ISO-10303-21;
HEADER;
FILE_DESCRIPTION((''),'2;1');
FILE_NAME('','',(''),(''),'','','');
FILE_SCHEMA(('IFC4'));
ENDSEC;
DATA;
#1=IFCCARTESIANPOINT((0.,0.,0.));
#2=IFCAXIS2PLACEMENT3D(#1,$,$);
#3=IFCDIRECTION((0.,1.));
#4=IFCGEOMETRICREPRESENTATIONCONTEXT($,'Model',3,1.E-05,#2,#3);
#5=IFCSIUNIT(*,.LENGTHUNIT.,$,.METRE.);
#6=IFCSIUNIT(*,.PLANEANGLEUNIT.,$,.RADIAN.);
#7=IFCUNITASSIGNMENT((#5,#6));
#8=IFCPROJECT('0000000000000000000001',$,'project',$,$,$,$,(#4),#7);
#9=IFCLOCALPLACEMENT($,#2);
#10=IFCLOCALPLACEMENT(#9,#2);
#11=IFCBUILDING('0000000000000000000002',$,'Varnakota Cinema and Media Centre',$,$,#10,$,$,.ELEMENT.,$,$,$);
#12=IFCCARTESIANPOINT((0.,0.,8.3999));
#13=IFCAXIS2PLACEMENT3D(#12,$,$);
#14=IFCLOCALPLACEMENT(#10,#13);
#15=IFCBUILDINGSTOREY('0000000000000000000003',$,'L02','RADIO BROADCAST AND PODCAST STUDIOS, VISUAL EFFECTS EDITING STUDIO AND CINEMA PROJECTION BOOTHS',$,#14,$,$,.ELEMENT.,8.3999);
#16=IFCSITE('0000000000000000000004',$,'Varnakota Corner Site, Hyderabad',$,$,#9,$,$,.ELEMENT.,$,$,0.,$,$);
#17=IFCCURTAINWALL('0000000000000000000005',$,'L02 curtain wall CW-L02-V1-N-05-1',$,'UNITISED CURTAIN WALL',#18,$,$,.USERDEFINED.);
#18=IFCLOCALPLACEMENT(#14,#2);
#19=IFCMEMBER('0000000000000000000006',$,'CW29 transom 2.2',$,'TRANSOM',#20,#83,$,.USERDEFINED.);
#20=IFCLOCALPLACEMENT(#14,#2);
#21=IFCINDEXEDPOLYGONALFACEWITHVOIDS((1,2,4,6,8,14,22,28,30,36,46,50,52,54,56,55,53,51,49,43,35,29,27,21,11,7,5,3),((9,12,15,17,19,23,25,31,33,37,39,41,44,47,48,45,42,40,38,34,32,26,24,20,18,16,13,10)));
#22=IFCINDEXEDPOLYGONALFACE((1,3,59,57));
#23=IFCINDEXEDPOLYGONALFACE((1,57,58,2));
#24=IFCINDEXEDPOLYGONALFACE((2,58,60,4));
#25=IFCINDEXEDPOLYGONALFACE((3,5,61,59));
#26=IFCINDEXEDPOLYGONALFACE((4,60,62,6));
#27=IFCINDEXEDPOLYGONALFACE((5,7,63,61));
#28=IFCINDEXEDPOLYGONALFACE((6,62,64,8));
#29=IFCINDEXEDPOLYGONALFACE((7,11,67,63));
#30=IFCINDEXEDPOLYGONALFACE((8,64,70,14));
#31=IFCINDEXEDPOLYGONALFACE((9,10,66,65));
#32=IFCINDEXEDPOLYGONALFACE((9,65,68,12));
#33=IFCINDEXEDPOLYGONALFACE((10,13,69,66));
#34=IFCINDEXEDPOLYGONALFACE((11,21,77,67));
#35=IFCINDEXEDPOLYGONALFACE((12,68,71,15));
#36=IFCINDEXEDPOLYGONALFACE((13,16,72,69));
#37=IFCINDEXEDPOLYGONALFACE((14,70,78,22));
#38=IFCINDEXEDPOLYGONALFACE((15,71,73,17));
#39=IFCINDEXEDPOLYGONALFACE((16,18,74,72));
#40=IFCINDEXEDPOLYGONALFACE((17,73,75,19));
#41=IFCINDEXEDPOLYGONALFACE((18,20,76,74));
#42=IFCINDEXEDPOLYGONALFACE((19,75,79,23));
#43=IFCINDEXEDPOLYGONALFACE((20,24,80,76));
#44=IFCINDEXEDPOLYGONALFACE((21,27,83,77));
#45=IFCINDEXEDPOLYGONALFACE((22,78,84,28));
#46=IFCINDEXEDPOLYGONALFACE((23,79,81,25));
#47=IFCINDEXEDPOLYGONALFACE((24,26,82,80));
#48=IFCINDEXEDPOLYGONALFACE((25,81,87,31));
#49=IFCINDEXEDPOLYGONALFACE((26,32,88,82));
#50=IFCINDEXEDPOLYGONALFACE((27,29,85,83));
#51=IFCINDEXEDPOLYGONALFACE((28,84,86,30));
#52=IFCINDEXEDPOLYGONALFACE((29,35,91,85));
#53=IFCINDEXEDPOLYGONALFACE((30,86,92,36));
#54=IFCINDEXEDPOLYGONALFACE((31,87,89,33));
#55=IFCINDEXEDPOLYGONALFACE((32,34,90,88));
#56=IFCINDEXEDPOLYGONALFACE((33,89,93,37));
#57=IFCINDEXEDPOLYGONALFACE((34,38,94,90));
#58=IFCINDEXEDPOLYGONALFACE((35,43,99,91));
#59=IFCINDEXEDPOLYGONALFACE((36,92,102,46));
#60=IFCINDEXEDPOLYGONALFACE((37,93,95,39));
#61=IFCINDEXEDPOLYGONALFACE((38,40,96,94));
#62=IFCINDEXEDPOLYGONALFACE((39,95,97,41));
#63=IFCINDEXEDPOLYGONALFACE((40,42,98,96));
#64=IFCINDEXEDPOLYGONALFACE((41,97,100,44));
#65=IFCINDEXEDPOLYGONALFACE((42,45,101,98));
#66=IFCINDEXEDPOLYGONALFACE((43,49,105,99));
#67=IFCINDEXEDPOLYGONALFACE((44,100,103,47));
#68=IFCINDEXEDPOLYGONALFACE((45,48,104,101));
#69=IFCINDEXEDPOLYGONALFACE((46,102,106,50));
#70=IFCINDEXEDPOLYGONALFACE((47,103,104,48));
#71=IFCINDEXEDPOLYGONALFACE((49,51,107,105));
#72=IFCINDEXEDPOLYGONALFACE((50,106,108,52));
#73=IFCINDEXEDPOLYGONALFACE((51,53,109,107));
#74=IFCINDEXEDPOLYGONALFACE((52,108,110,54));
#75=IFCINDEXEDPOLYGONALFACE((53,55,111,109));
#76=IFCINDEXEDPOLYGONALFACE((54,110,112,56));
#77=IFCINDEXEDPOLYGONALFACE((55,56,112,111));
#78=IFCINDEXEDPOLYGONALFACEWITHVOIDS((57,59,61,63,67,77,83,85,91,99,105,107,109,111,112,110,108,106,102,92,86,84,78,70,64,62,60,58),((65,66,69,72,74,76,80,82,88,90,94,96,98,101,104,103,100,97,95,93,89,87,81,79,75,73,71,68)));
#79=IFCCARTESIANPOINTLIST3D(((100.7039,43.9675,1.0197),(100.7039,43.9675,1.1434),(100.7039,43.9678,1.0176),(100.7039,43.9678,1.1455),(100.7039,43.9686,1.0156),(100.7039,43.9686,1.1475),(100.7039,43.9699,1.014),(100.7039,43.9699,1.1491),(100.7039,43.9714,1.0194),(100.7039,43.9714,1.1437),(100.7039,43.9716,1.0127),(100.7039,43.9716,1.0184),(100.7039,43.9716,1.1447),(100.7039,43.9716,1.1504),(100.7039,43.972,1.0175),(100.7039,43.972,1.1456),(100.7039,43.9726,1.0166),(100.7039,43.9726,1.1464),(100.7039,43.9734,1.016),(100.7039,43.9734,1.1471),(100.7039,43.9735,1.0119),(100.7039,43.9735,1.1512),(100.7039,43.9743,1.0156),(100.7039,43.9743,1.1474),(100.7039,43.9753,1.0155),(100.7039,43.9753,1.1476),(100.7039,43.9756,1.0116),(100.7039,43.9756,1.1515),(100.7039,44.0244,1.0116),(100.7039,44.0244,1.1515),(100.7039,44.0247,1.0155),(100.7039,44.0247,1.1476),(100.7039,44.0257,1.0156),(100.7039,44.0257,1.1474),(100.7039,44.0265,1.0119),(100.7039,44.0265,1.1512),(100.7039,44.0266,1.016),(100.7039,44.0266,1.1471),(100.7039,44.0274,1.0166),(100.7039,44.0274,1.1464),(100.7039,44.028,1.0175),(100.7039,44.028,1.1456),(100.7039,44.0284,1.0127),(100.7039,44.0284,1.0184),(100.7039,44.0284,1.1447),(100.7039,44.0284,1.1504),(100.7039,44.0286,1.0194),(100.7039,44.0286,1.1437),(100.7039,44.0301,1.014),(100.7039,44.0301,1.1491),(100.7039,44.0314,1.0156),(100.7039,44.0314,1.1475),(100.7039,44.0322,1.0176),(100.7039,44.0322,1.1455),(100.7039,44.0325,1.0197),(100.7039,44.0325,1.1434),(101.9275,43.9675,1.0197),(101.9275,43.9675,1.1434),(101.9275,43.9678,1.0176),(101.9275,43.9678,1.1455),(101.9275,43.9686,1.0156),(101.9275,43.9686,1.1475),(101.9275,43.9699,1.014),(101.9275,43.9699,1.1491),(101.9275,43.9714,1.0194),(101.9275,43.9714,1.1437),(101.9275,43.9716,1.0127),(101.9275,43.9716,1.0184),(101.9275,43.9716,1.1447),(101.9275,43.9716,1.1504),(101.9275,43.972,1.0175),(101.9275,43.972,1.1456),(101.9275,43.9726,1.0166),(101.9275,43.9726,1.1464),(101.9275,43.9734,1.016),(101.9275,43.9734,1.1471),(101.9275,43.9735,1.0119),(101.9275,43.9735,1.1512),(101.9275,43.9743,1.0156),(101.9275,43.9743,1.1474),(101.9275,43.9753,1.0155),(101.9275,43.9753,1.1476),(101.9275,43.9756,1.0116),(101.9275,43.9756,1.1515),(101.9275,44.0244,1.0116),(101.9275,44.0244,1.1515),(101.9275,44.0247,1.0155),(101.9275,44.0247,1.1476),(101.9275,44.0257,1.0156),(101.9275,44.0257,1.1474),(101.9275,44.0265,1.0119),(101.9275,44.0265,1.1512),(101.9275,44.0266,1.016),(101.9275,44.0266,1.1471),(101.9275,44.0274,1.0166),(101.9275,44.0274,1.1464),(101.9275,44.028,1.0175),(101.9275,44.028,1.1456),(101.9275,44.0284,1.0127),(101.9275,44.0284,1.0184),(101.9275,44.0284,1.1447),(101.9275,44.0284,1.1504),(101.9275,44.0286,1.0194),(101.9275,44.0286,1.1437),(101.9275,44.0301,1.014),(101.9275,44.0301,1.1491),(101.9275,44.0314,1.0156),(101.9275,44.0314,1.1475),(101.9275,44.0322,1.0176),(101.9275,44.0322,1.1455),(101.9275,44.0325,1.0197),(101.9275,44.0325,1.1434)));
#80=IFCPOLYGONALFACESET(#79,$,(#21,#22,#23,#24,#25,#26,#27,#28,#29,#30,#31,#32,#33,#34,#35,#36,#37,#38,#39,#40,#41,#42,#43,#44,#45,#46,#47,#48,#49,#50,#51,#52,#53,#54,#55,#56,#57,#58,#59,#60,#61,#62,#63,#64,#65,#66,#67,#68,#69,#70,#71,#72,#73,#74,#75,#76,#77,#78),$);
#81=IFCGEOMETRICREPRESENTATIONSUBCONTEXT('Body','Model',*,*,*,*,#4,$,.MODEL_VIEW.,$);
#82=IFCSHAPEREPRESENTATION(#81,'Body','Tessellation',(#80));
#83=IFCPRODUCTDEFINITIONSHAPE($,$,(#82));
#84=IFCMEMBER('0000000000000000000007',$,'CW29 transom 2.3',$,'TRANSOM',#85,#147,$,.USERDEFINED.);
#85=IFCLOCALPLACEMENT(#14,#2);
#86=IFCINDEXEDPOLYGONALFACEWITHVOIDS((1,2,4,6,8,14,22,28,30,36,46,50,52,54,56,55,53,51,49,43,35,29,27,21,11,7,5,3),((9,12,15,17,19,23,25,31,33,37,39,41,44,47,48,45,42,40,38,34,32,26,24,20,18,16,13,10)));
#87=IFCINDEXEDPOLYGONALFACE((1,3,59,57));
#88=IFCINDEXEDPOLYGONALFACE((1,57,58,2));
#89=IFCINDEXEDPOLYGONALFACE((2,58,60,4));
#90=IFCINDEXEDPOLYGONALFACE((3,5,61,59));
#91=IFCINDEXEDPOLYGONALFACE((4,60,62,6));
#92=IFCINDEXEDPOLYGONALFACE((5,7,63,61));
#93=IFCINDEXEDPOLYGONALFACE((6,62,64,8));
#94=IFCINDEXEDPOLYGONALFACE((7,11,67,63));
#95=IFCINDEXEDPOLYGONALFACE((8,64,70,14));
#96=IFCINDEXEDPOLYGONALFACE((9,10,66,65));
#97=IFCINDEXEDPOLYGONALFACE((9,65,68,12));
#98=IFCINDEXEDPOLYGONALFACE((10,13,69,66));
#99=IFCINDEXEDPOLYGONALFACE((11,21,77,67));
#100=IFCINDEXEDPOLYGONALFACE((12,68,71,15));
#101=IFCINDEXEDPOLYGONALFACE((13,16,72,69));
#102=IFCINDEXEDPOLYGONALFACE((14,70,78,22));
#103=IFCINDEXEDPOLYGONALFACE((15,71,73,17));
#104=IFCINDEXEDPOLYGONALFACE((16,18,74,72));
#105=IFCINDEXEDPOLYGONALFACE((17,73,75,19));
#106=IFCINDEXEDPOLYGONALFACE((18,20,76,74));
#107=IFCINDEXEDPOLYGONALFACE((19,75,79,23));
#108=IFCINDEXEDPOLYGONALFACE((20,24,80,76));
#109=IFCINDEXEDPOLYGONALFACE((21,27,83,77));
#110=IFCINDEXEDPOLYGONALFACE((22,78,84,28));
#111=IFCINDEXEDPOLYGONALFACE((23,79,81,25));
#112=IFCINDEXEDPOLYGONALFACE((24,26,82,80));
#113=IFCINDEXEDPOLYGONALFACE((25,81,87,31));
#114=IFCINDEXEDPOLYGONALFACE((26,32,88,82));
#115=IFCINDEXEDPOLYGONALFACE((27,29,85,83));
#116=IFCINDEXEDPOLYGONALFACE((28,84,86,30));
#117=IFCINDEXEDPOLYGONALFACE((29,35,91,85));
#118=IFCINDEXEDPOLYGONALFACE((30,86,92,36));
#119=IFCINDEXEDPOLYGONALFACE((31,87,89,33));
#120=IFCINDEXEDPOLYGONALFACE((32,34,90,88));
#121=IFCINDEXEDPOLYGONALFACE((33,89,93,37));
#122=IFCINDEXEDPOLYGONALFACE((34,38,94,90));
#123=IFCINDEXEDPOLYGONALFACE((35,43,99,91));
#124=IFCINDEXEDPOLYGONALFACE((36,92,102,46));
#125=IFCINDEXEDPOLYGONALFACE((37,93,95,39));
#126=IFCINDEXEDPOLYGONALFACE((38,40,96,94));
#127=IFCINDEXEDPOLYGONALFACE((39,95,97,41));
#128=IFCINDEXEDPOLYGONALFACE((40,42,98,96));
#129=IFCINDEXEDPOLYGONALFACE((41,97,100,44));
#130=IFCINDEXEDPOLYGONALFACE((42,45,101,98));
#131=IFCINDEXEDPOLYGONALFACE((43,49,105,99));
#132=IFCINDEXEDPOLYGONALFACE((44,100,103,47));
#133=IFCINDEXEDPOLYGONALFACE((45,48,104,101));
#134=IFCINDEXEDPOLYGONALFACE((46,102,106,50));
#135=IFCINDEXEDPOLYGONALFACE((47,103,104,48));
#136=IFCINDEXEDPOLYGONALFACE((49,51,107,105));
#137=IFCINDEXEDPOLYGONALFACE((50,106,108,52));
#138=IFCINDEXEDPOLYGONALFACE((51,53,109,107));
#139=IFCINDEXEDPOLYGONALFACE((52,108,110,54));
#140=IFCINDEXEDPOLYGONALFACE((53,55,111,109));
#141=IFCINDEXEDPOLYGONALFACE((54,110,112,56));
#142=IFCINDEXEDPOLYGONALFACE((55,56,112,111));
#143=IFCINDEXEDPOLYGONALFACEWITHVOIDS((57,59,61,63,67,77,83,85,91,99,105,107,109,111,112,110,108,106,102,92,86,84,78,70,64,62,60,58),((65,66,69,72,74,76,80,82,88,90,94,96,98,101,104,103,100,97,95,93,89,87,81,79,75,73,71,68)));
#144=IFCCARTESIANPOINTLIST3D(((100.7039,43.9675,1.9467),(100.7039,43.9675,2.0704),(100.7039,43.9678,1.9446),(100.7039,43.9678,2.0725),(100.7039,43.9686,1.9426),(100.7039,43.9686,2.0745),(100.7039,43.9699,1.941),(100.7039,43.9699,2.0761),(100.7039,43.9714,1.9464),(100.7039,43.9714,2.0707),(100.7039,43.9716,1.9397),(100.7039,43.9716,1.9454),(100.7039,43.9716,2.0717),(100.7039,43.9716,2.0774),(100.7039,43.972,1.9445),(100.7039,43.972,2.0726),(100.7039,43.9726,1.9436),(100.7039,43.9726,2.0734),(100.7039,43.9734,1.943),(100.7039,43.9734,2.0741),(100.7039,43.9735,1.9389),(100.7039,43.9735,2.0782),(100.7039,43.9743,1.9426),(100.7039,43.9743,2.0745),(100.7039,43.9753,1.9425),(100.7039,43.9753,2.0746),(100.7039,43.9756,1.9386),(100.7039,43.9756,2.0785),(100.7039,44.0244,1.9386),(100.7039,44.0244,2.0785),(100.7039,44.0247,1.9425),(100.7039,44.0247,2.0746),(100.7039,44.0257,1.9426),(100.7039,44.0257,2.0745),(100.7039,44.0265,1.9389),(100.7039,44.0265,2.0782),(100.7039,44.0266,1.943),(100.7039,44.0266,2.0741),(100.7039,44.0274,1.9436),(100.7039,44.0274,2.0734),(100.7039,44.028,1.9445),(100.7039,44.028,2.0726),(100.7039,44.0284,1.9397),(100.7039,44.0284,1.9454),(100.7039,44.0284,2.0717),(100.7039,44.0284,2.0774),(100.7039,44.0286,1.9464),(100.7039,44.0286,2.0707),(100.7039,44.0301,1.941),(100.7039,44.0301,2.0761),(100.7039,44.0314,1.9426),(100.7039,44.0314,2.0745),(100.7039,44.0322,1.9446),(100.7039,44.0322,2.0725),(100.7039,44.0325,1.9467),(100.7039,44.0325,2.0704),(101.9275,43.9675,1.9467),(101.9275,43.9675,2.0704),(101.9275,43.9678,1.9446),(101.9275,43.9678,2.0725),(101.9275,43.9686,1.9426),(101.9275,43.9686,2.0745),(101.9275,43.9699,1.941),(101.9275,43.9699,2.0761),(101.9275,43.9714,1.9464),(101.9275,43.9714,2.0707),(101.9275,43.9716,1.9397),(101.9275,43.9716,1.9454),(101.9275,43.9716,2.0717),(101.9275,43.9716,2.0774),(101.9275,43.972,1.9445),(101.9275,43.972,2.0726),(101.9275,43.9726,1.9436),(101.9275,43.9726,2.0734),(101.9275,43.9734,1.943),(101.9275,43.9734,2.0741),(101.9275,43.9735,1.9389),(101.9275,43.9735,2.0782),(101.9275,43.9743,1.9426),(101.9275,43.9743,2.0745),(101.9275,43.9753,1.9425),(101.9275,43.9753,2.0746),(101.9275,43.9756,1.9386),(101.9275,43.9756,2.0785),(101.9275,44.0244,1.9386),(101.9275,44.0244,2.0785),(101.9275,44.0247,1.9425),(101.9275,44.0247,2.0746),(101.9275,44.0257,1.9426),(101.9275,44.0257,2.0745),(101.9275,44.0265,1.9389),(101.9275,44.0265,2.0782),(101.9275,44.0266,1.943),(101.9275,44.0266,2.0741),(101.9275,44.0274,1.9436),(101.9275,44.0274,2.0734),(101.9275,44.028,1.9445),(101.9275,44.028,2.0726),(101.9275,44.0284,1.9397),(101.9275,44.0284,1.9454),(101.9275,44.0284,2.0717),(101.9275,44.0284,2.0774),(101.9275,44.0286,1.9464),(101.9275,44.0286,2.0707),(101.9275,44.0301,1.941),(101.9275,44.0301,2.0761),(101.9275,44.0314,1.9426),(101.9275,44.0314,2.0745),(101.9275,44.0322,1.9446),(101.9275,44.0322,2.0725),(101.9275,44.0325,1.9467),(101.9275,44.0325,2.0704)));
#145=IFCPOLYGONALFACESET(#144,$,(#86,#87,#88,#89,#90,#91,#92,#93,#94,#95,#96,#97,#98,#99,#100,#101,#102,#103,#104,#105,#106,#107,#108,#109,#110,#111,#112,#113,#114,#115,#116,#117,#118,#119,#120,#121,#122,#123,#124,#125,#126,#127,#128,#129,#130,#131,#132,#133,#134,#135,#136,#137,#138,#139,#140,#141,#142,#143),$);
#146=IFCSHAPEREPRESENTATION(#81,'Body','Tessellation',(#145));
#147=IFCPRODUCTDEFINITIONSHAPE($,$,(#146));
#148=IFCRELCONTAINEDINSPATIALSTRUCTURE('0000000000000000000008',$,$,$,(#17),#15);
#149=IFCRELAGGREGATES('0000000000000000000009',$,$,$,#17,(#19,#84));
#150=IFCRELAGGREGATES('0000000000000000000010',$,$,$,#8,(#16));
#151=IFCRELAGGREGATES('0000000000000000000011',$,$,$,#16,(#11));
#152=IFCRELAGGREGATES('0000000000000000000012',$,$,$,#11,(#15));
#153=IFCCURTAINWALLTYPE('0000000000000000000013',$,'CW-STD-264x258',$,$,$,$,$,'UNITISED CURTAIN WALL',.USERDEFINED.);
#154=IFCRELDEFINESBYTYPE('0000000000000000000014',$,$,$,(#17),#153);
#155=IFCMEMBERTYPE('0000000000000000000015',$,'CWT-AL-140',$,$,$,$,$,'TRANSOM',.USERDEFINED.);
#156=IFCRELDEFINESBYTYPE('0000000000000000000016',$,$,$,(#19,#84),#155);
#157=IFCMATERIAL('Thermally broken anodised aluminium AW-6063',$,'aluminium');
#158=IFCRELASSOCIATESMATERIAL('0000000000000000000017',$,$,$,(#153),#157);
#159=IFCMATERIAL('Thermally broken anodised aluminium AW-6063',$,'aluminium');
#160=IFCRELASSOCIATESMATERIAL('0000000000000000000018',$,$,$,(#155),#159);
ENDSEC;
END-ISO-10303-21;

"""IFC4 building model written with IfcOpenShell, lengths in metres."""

from ifc_helpers import new_model, si_unit, direction, frame, origin, origin_2d, place, context, subcontext, project, spatial, hollow_rectangle, extrude, material, material_profile, profile_set, type_object, element, aggregate, save


model = new_model("IFC4")

# Units and contexts
model_context = context("Model", 3, precision=1e-05, world=origin(), true_north=direction((0.0, 1.0)))
body_context = subcontext(model_context, "Body", "Model", "MODEL_VIEW")
ifc_project = project(units=[si_unit("LENGTHUNIT", "METRE"), si_unit("PLANEANGLEUNIT", "RADIAN")], contexts=[model_context])

# Site, building, storey
site_placement = place(None, origin())
site = spatial("IfcSite", under=ifc_project, at=site_placement, Name="Varnakota Corner Site, Hyderabad", CompositionType="ELEMENT", RefElevation=0.0)
building_placement = place(site_placement, origin())
building = spatial("IfcBuilding", under=site, at=building_placement, Name="Varnakota Cinema and Media Centre", CompositionType="ELEMENT")
storey_placement = place(building_placement, frame((0.0, 0.0, 8.3999)))
storey = spatial("IfcBuildingStorey", under=building, at=storey_placement, Name="L02", Description="RADIO BROADCAST AND PODCAST STUDIOS, VISUAL EFFECTS EDITING STUDIO AND CINEMA PROJECTION BOOTHS", CompositionType="ELEMENT", Elevation=8.3999)

# Shared definitions
ifc_material_1 = material(Name="Thermally broken anodised aluminium AW-6063", Category="aluminium")
curtain_wall_type = type_object("IfcCurtainWallType", Name="CW-STD-264x258", ElementType="UNITISED CURTAIN WALL", PredefinedType="USERDEFINED", material=ifc_material_1)

# Curtain wall
curtain_wall_1_placement = place(storey_placement, origin())
curtain_wall_1 = element("IfcCurtainWall", 1, at=curtain_wall_1_placement, inside=storey, type_object=curtain_wall_type, Name="L02 curtain wall CW-L02-V1-N-05-1", ObjectType="UNITISED CURTAIN WALL", PredefinedType="USERDEFINED")

# Members
ifc_material_2 = material(Name="Thermally broken anodised aluminium AW-6063", Category="aluminium")
ifc_material_profile_1 = material_profile(ifc_material_2, hollow_rectangle(XDim=0.0649, YDim=0.1399, WallThickness=0.0039, InnerFilletRadius=0.0039, OuterFilletRadius=0.0081, at=origin_2d()), Name="AL-TRANSOM 140x65x4")
ifc_profile_set_1 = profile_set([ifc_material_profile_1], Name="Thermally broken anodised aluminium AW-6063")
member_type_1 = type_object("IfcMemberType", Name="CWT-AL-140", ElementType="TRANSOM", PredefinedType="USERDEFINED", material=ifc_profile_set_1)
member_1_placement = place(storey_placement, frame((100.7039, 44.0, 1.0815), z_axis=(1.0, 0.0, 0.0), x_axis=(0.0, 1.0, 0.0)))
member_1 = element("IfcMember", 2, at=member_1_placement, type_object=member_type_1, Name="CW29 transom 2.2", ObjectType="TRANSOM", PredefinedType="USERDEFINED", context=body_context, shape_type="SweptSolid", body=[
    extrude(hollow_rectangle(XDim=0.0649, YDim=0.1399, WallThickness=0.0039, InnerFilletRadius=0.0039, OuterFilletRadius=0.0081, at=origin_2d()), origin(), (0.0, 0.0, 1.0), 1.2236),
])
member_2_placement = place(storey_placement, frame((100.7039, 44.0, 2.0085), z_axis=(1.0, 0.0, 0.0), x_axis=(0.0, 1.0, 0.0)))
member_2 = element("IfcMember", 3, at=member_2_placement, type_object=member_type_1, Name="CW29 transom 2.3", ObjectType="TRANSOM", PredefinedType="USERDEFINED", context=body_context, shape_type="SweptSolid", body=[
    extrude(hollow_rectangle(XDim=0.0649, YDim=0.1399, WallThickness=0.0039, InnerFilletRadius=0.0039, OuterFilletRadius=0.0081, at=origin_2d()), origin(), (0.0, 0.0, 1.0), 1.2236),
])

aggregate(curtain_wall_1, [member_1, member_2])

save(model, "model.ifc")
